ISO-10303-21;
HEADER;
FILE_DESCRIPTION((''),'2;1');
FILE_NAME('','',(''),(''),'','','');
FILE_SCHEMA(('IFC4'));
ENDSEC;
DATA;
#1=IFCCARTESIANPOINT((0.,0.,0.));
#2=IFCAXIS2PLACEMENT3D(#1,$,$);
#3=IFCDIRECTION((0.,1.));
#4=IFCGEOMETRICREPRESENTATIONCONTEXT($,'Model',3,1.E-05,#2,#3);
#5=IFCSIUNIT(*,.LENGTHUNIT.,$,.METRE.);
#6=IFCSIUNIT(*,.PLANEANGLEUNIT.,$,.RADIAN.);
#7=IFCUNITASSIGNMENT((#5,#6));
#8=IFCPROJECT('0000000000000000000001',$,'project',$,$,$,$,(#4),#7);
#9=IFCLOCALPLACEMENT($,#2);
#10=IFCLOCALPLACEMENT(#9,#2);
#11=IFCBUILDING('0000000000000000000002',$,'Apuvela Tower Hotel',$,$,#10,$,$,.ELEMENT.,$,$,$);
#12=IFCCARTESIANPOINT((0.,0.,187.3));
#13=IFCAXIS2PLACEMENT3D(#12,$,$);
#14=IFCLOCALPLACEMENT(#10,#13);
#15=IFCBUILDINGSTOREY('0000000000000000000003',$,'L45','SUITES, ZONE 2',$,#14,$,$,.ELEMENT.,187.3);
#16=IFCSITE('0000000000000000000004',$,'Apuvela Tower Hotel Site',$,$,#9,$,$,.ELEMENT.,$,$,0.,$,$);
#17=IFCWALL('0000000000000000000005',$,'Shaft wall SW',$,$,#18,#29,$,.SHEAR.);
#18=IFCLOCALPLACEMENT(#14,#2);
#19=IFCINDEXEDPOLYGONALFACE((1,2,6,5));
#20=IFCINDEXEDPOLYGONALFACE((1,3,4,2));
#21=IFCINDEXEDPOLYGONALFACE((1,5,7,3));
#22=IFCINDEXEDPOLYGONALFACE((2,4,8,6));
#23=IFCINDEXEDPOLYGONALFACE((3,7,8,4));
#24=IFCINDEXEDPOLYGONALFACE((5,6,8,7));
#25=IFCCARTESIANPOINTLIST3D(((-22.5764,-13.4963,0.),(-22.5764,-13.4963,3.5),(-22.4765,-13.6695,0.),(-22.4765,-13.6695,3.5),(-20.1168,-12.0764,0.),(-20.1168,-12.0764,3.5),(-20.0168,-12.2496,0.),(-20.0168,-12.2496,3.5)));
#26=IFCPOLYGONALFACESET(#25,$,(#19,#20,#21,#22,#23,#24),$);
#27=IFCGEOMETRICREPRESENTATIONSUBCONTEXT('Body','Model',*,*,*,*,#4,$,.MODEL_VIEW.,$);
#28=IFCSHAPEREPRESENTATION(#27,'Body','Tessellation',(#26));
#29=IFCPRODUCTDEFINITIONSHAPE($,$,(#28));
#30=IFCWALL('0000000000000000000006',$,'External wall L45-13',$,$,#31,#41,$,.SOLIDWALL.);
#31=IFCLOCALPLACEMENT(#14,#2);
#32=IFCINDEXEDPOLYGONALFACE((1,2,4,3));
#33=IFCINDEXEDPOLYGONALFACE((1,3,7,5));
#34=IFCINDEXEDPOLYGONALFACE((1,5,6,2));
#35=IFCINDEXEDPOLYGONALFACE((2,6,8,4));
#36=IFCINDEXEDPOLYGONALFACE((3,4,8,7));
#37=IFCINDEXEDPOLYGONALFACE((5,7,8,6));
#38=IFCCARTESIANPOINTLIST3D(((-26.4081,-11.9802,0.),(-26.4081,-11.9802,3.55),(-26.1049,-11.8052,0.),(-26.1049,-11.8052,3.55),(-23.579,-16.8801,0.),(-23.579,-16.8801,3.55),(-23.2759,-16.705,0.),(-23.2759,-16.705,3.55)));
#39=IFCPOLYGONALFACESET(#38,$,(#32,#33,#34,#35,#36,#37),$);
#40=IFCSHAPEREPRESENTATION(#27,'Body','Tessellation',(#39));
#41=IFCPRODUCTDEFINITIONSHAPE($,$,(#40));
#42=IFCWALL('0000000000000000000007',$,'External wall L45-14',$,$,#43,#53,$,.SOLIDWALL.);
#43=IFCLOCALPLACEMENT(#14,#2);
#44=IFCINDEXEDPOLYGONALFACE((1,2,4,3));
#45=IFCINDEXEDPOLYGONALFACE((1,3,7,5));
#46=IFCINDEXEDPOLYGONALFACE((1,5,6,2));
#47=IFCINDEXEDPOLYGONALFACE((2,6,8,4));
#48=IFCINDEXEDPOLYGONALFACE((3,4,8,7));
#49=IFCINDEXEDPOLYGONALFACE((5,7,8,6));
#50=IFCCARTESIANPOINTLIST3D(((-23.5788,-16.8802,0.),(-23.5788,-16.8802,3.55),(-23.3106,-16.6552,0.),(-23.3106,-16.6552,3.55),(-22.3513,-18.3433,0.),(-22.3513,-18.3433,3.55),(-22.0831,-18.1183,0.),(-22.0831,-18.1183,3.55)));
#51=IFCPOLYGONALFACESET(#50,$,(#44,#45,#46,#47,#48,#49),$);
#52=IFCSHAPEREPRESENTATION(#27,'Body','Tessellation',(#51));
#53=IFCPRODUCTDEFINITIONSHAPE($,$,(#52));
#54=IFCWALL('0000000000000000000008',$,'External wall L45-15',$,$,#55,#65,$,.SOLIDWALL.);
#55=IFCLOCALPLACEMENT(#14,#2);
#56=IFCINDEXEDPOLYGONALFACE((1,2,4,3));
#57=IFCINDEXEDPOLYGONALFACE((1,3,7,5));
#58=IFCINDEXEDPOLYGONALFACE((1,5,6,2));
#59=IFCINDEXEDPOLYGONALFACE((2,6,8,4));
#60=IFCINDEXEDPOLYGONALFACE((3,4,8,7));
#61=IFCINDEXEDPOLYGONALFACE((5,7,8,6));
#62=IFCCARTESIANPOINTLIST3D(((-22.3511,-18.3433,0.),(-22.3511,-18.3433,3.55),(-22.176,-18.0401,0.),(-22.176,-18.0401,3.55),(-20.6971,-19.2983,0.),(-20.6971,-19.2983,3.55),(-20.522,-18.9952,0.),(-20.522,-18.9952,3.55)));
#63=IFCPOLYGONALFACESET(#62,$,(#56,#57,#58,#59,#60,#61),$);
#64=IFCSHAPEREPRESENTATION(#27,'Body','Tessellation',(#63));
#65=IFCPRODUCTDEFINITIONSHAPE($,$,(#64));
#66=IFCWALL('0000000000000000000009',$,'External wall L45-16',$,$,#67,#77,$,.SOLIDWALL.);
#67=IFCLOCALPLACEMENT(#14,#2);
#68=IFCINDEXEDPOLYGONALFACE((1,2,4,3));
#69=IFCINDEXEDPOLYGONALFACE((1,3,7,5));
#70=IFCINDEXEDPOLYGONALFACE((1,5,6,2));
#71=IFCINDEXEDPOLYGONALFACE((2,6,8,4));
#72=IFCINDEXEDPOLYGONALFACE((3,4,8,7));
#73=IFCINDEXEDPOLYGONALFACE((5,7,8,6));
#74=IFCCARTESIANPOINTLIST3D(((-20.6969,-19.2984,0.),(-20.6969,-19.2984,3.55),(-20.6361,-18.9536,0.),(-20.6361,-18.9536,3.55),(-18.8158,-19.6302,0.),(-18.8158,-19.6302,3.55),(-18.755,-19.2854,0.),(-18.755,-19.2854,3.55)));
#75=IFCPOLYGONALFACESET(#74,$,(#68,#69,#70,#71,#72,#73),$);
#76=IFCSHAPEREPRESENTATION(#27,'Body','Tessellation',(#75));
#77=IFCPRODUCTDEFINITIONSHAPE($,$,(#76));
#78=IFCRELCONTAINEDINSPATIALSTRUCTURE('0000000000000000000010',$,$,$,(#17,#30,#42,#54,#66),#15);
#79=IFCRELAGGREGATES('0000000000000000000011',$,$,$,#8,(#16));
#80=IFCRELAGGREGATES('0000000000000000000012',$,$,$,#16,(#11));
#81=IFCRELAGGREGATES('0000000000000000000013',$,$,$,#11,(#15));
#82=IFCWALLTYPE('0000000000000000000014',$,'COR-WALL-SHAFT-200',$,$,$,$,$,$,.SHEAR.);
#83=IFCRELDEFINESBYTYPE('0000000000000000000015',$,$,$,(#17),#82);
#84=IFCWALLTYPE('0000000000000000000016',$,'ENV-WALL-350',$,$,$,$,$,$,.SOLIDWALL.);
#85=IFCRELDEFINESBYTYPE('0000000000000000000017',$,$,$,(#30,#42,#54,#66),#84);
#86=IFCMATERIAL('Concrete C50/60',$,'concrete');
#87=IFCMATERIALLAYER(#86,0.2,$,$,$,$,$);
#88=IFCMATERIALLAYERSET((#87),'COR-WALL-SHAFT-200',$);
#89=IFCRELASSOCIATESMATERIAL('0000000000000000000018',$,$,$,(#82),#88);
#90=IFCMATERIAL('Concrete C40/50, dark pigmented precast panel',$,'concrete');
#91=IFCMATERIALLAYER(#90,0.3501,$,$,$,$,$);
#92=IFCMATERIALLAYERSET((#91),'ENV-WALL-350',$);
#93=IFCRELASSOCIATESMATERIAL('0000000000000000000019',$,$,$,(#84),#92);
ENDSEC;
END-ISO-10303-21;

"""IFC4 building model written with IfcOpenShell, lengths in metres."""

from ifc_helpers import new_model, si_unit, direction, frame, frame_2d, origin, place, context, subcontext, project, spatial, rectangle, extrude, material, layer, layer_set, type_object, element, save


model = new_model("IFC4")

# Units and contexts
model_context = context("Model", 3, precision=1e-05, world=origin(), true_north=direction((0.0, 1.0)))
body_context = subcontext(model_context, "Body", "Model", "MODEL_VIEW")
ifc_project = project(units=[si_unit("LENGTHUNIT", "METRE"), si_unit("PLANEANGLEUNIT", "RADIAN")], contexts=[model_context])

# Site, building, storey
site_placement = place(None, origin())
site = spatial("IfcSite", under=ifc_project, at=site_placement, Name="Apuvela Tower Hotel Site", CompositionType="ELEMENT", RefElevation=0.0)
building_placement = place(site_placement, origin())
building = spatial("IfcBuilding", under=site, at=building_placement, Name="Apuvela Tower Hotel", CompositionType="ELEMENT")
storey_placement = place(building_placement, frame((0.0, 0.0, 187.3)))
storey = spatial("IfcBuildingStorey", under=building, at=storey_placement, Name="L45", Description="SUITES, ZONE 2", CompositionType="ELEMENT", Elevation=187.3)

# Shared definitions
ifc_material_1 = material(Name="Concrete C50/60", Category="concrete")
ifc_layer_1 = layer(ifc_material_1, 0.2)
ifc_layer_set_1 = layer_set([ifc_layer_1], Name="COR-WALL-SHAFT-200")
wall_type_1 = type_object("IfcWallType", Name="COR-WALL-SHAFT-200", PredefinedType="SHEAR", material=ifc_layer_set_1)

# Walls
wall_1_placement = place(storey_placement, frame((-20.0669, -12.1631, 0.0), z_axis=(0.0, 0.0, 1.0), x_axis=(-0.866055, -0.499948, 0.0)))
element("IfcWall", 1, at=wall_1_placement, inside=storey, type_object=wall_type_1, Name="Shaft wall SW", PredefinedType="SHEAR", context=body_context, shape_type="SweptSolid", body=[
    extrude(rectangle(XDim=2.8401, YDim=0.2, at=frame_2d((1.4199, 0.0))), origin(), (0.0, 0.0, 1.0), 3.5),
])
ifc_material_2 = material(Name="Concrete C40/50, dark pigmented precast panel", Category="concrete")
ifc_layer_2 = layer(ifc_material_2, 0.3501)
ifc_layer_set_2 = layer_set([ifc_layer_2], Name="ENV-WALL-350")
wall_type_2 = type_object("IfcWallType", Name="ENV-WALL-350", PredefinedType="SOLIDWALL", material=ifc_layer_set_2)
wall_2_placement = place(storey_placement, frame((-26.2566, -11.8926, 0.0), z_axis=(0.0, 0.0, 1.0), x_axis=(0.500019, -0.866015, 0.0)))
element("IfcWall", 2, at=wall_2_placement, inside=storey, type_object=wall_type_2, Name="External wall L45-13", PredefinedType="SOLIDWALL", context=body_context, shape_type="SweptSolid", body=[
    extrude(rectangle(XDim=5.658, YDim=0.3501, at=frame_2d((2.8291, 0.0))), origin(), (0.0, 0.0, 1.0), 3.55),
])
for number, where, z_axis, x_axis, name in (
    (3, (-23.4448, -16.7676, 0.0), (0.0, 0.0, 1.0), (0.642733, -0.76609, 0.0), "External wall L45-14"),
    (4, (-22.2637, -18.1917, 0.0), (0.0, 0.0, 1.0), (0.866, -0.500043, 0.0), "External wall L45-15"),
):
    element("IfcWall", number, at=place(storey_placement, frame(where, z_axis=z_axis, x_axis=x_axis)), inside=storey, type_object=wall_type_2, Name=name, PredefinedType="SOLIDWALL", context=body_context, shape_type="SweptSolid", body=[
        extrude(rectangle(XDim=1.9099, YDim=0.3501, at=frame_2d((0.9551, 0.0))), origin(), (0.0, 0.0, 1.0), 3.55),
    ])
wall_3_placement = place(storey_placement, frame((-20.6665, -19.126, 0.0), z_axis=(0.0, 0.0, 1.0), x_axis=(0.984799, -0.173698, 0.0)))
element("IfcWall", 5, at=wall_3_placement, inside=storey, type_object=wall_type_2, Name="External wall L45-16", PredefinedType="SOLIDWALL", context=body_context, shape_type="SweptSolid", body=[
    extrude(rectangle(XDim=1.9102, YDim=0.3501, at=frame_2d((0.9551, 0.0))), origin(), (0.0, 0.0, 1.0), 3.55),
])

save(model, "model.ifc")
